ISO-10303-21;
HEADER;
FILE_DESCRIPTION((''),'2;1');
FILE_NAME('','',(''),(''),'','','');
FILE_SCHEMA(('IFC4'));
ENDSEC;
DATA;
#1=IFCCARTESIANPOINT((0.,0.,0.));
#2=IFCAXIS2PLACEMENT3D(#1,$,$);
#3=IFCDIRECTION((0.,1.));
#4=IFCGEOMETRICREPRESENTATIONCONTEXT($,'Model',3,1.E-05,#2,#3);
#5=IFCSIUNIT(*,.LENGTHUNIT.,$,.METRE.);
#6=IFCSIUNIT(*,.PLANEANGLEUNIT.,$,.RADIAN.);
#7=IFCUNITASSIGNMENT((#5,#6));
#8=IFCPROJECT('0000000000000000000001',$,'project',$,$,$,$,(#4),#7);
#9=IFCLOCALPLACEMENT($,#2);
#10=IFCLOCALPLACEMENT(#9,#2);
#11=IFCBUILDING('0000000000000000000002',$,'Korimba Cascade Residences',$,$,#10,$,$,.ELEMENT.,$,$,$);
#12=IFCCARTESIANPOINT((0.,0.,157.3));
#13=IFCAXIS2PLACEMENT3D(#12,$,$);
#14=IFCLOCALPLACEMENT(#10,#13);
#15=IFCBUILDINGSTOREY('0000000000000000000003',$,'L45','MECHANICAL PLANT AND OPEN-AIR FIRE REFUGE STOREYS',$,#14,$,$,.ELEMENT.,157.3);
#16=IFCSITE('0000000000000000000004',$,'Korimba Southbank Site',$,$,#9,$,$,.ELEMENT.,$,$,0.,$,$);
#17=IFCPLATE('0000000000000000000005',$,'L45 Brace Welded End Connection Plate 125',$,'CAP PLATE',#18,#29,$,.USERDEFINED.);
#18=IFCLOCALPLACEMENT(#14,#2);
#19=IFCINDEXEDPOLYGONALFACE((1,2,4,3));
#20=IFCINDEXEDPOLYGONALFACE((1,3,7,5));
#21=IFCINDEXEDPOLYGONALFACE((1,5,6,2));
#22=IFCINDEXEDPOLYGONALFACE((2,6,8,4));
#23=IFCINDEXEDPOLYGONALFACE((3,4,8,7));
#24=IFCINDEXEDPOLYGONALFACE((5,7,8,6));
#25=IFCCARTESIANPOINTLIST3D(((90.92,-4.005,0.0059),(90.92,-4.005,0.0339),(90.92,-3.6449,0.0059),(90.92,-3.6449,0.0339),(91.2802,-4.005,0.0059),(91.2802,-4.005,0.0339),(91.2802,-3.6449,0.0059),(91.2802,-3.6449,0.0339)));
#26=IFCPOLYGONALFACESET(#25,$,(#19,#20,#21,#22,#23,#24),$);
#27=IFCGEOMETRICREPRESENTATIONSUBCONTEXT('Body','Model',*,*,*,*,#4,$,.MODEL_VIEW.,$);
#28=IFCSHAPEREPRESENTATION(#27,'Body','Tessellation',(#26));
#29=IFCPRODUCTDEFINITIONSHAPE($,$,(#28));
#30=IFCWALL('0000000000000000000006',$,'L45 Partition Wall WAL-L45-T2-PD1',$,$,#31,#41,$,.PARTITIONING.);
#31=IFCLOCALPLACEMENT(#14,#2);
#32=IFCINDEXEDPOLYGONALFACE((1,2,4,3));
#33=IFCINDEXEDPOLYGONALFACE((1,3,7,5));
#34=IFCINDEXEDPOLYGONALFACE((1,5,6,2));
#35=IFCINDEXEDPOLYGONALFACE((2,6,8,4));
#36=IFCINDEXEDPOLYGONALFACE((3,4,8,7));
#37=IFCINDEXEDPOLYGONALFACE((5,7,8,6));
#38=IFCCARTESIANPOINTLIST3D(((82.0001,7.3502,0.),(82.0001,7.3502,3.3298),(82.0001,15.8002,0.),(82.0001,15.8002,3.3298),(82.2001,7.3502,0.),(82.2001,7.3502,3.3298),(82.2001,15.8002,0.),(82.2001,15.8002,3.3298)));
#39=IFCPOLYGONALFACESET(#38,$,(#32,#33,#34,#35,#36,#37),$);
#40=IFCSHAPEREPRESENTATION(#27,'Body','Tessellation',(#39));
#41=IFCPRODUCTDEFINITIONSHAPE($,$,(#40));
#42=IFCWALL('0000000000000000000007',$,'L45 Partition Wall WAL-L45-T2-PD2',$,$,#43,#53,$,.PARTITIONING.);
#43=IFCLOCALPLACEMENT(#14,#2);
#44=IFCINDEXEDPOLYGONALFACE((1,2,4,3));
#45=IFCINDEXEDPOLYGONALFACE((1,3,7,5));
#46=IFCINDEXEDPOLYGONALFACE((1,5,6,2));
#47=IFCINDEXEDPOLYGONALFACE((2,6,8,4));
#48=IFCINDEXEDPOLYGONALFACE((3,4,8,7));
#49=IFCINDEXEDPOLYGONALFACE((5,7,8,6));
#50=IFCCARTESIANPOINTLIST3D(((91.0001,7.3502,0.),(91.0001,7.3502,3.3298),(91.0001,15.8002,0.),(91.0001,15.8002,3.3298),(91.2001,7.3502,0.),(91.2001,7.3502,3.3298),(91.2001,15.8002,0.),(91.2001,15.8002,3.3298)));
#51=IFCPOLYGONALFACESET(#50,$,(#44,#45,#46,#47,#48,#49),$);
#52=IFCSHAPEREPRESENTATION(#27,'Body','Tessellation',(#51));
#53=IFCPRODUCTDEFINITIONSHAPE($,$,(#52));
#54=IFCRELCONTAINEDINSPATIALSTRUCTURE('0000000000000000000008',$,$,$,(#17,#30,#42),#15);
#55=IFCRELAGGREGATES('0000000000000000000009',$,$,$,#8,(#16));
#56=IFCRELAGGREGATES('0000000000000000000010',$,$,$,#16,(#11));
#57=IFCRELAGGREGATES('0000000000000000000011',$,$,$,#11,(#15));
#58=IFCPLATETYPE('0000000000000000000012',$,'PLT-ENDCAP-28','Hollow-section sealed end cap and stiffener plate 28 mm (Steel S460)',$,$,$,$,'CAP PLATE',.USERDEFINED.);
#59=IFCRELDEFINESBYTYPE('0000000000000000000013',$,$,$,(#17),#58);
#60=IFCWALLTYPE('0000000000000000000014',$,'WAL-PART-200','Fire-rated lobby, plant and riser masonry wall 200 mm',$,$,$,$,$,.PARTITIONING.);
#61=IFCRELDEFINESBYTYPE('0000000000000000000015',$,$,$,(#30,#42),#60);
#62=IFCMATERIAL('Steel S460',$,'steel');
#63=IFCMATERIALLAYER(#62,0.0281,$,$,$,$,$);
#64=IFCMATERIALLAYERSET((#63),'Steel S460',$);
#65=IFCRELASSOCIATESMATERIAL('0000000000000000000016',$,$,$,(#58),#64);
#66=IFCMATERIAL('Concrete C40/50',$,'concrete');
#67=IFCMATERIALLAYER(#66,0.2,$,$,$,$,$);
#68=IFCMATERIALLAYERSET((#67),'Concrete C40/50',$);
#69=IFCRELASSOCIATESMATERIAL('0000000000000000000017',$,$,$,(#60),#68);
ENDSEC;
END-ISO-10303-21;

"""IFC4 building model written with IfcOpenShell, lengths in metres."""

from ifc_helpers import new_model, si_unit, direction, frame, frame_2d, origin, origin_2d, place, context, subcontext, project, spatial, rectangle, extrude, material, layer, layer_set, type_object, element, save


model = new_model("IFC4")

# Units and contexts
model_context = context("Model", 3, precision=1e-05, world=origin(), true_north=direction((0.0, 1.0)))
body_context = subcontext(model_context, "Body", "Model", "MODEL_VIEW")
ifc_project = project(units=[si_unit("LENGTHUNIT", "METRE"), si_unit("PLANEANGLEUNIT", "RADIAN")], contexts=[model_context])

# Site, building, storey
site_placement = place(None, origin())
site = spatial("IfcSite", under=ifc_project, at=site_placement, Name="Korimba Southbank Site", CompositionType="ELEMENT", RefElevation=0.0)
building_placement = place(site_placement, origin())
building = spatial("IfcBuilding", under=site, at=building_placement, Name="Korimba Cascade Residences", CompositionType="ELEMENT")
storey_placement = place(building_placement, frame((0.0, 0.0, 157.3)))
storey = spatial("IfcBuildingStorey", under=building, at=storey_placement, Name="L45", Description="MECHANICAL PLANT AND OPEN-AIR FIRE REFUGE STOREYS", CompositionType="ELEMENT", Elevation=157.3)

# Shared definitions
ifc_material_1 = material(Name="Steel S460", Category="steel")

# Plate
ifc_layer_1 = layer(ifc_material_1, 0.0281)
ifc_layer_set_1 = layer_set([ifc_layer_1], Name="Steel S460")
plate_type = type_object("IfcPlateType", Name="PLT-ENDCAP-28", Description="Hollow-section sealed end cap and stiffener plate 28 mm (Steel S460)", ElementType="CAP PLATE", PredefinedType="USERDEFINED", material=ifc_layer_set_1)
for number, where, z_axis, x_axis, name in (
    (1, (91.1001, -3.825, 0.0059), (0.0, 0.0, 1.0), (1.0, 0.0, 0.0), "L45 Brace Welded End Connection Plate 125"),
):
    element("IfcPlate", number, at=place(storey_placement, frame(where, z_axis=z_axis, x_axis=x_axis)), inside=storey, type_object=plate_type, Name=name, ObjectType="CAP PLATE", PredefinedType="USERDEFINED", context=body_context, shape_type="SweptSolid", body=[
        extrude(rectangle(XDim=0.3601, YDim=0.3601, at=origin_2d()), origin(), (0.0, 0.0, 1.0), 0.0281),
    ])

# Walls
ifc_material_2 = material(Name="Concrete C40/50", Category="concrete")
ifc_layer_2 = layer(ifc_material_2, 0.2)
ifc_layer_set_2 = layer_set([ifc_layer_2], Name="Concrete C40/50")
wall_type = type_object("IfcWallType", Name="WAL-PART-200", Description="Fire-rated lobby, plant and riser masonry wall 200 mm", PredefinedType="PARTITIONING", material=ifc_layer_set_2)
for number, where, z_axis, x_axis, name in (
    (2, (82.1001, 7.3501, 0.0), (0.0, 0.0, 1.0), (0.0, 1.0, 0.0), "L45 Partition Wall WAL-L45-T2-PD1"),
    (3, (91.1001, 7.3501, 0.0), (0.0, 0.0, 1.0), (0.0, 1.0, 0.0), "L45 Partition Wall WAL-L45-T2-PD2"),
):
    element("IfcWall", number, at=place(storey_placement, frame(where, z_axis=z_axis, x_axis=x_axis)), inside=storey, type_object=wall_type, Name=name, PredefinedType="PARTITIONING", context=body_context, shape_type="SweptSolid", body=[
        extrude(rectangle(XDim=8.45, YDim=0.2, at=frame_2d((4.2251, 0.0))), origin(), (0.0, 0.0, 1.0), 3.3298),
    ])

save(model, "model.ifc")
